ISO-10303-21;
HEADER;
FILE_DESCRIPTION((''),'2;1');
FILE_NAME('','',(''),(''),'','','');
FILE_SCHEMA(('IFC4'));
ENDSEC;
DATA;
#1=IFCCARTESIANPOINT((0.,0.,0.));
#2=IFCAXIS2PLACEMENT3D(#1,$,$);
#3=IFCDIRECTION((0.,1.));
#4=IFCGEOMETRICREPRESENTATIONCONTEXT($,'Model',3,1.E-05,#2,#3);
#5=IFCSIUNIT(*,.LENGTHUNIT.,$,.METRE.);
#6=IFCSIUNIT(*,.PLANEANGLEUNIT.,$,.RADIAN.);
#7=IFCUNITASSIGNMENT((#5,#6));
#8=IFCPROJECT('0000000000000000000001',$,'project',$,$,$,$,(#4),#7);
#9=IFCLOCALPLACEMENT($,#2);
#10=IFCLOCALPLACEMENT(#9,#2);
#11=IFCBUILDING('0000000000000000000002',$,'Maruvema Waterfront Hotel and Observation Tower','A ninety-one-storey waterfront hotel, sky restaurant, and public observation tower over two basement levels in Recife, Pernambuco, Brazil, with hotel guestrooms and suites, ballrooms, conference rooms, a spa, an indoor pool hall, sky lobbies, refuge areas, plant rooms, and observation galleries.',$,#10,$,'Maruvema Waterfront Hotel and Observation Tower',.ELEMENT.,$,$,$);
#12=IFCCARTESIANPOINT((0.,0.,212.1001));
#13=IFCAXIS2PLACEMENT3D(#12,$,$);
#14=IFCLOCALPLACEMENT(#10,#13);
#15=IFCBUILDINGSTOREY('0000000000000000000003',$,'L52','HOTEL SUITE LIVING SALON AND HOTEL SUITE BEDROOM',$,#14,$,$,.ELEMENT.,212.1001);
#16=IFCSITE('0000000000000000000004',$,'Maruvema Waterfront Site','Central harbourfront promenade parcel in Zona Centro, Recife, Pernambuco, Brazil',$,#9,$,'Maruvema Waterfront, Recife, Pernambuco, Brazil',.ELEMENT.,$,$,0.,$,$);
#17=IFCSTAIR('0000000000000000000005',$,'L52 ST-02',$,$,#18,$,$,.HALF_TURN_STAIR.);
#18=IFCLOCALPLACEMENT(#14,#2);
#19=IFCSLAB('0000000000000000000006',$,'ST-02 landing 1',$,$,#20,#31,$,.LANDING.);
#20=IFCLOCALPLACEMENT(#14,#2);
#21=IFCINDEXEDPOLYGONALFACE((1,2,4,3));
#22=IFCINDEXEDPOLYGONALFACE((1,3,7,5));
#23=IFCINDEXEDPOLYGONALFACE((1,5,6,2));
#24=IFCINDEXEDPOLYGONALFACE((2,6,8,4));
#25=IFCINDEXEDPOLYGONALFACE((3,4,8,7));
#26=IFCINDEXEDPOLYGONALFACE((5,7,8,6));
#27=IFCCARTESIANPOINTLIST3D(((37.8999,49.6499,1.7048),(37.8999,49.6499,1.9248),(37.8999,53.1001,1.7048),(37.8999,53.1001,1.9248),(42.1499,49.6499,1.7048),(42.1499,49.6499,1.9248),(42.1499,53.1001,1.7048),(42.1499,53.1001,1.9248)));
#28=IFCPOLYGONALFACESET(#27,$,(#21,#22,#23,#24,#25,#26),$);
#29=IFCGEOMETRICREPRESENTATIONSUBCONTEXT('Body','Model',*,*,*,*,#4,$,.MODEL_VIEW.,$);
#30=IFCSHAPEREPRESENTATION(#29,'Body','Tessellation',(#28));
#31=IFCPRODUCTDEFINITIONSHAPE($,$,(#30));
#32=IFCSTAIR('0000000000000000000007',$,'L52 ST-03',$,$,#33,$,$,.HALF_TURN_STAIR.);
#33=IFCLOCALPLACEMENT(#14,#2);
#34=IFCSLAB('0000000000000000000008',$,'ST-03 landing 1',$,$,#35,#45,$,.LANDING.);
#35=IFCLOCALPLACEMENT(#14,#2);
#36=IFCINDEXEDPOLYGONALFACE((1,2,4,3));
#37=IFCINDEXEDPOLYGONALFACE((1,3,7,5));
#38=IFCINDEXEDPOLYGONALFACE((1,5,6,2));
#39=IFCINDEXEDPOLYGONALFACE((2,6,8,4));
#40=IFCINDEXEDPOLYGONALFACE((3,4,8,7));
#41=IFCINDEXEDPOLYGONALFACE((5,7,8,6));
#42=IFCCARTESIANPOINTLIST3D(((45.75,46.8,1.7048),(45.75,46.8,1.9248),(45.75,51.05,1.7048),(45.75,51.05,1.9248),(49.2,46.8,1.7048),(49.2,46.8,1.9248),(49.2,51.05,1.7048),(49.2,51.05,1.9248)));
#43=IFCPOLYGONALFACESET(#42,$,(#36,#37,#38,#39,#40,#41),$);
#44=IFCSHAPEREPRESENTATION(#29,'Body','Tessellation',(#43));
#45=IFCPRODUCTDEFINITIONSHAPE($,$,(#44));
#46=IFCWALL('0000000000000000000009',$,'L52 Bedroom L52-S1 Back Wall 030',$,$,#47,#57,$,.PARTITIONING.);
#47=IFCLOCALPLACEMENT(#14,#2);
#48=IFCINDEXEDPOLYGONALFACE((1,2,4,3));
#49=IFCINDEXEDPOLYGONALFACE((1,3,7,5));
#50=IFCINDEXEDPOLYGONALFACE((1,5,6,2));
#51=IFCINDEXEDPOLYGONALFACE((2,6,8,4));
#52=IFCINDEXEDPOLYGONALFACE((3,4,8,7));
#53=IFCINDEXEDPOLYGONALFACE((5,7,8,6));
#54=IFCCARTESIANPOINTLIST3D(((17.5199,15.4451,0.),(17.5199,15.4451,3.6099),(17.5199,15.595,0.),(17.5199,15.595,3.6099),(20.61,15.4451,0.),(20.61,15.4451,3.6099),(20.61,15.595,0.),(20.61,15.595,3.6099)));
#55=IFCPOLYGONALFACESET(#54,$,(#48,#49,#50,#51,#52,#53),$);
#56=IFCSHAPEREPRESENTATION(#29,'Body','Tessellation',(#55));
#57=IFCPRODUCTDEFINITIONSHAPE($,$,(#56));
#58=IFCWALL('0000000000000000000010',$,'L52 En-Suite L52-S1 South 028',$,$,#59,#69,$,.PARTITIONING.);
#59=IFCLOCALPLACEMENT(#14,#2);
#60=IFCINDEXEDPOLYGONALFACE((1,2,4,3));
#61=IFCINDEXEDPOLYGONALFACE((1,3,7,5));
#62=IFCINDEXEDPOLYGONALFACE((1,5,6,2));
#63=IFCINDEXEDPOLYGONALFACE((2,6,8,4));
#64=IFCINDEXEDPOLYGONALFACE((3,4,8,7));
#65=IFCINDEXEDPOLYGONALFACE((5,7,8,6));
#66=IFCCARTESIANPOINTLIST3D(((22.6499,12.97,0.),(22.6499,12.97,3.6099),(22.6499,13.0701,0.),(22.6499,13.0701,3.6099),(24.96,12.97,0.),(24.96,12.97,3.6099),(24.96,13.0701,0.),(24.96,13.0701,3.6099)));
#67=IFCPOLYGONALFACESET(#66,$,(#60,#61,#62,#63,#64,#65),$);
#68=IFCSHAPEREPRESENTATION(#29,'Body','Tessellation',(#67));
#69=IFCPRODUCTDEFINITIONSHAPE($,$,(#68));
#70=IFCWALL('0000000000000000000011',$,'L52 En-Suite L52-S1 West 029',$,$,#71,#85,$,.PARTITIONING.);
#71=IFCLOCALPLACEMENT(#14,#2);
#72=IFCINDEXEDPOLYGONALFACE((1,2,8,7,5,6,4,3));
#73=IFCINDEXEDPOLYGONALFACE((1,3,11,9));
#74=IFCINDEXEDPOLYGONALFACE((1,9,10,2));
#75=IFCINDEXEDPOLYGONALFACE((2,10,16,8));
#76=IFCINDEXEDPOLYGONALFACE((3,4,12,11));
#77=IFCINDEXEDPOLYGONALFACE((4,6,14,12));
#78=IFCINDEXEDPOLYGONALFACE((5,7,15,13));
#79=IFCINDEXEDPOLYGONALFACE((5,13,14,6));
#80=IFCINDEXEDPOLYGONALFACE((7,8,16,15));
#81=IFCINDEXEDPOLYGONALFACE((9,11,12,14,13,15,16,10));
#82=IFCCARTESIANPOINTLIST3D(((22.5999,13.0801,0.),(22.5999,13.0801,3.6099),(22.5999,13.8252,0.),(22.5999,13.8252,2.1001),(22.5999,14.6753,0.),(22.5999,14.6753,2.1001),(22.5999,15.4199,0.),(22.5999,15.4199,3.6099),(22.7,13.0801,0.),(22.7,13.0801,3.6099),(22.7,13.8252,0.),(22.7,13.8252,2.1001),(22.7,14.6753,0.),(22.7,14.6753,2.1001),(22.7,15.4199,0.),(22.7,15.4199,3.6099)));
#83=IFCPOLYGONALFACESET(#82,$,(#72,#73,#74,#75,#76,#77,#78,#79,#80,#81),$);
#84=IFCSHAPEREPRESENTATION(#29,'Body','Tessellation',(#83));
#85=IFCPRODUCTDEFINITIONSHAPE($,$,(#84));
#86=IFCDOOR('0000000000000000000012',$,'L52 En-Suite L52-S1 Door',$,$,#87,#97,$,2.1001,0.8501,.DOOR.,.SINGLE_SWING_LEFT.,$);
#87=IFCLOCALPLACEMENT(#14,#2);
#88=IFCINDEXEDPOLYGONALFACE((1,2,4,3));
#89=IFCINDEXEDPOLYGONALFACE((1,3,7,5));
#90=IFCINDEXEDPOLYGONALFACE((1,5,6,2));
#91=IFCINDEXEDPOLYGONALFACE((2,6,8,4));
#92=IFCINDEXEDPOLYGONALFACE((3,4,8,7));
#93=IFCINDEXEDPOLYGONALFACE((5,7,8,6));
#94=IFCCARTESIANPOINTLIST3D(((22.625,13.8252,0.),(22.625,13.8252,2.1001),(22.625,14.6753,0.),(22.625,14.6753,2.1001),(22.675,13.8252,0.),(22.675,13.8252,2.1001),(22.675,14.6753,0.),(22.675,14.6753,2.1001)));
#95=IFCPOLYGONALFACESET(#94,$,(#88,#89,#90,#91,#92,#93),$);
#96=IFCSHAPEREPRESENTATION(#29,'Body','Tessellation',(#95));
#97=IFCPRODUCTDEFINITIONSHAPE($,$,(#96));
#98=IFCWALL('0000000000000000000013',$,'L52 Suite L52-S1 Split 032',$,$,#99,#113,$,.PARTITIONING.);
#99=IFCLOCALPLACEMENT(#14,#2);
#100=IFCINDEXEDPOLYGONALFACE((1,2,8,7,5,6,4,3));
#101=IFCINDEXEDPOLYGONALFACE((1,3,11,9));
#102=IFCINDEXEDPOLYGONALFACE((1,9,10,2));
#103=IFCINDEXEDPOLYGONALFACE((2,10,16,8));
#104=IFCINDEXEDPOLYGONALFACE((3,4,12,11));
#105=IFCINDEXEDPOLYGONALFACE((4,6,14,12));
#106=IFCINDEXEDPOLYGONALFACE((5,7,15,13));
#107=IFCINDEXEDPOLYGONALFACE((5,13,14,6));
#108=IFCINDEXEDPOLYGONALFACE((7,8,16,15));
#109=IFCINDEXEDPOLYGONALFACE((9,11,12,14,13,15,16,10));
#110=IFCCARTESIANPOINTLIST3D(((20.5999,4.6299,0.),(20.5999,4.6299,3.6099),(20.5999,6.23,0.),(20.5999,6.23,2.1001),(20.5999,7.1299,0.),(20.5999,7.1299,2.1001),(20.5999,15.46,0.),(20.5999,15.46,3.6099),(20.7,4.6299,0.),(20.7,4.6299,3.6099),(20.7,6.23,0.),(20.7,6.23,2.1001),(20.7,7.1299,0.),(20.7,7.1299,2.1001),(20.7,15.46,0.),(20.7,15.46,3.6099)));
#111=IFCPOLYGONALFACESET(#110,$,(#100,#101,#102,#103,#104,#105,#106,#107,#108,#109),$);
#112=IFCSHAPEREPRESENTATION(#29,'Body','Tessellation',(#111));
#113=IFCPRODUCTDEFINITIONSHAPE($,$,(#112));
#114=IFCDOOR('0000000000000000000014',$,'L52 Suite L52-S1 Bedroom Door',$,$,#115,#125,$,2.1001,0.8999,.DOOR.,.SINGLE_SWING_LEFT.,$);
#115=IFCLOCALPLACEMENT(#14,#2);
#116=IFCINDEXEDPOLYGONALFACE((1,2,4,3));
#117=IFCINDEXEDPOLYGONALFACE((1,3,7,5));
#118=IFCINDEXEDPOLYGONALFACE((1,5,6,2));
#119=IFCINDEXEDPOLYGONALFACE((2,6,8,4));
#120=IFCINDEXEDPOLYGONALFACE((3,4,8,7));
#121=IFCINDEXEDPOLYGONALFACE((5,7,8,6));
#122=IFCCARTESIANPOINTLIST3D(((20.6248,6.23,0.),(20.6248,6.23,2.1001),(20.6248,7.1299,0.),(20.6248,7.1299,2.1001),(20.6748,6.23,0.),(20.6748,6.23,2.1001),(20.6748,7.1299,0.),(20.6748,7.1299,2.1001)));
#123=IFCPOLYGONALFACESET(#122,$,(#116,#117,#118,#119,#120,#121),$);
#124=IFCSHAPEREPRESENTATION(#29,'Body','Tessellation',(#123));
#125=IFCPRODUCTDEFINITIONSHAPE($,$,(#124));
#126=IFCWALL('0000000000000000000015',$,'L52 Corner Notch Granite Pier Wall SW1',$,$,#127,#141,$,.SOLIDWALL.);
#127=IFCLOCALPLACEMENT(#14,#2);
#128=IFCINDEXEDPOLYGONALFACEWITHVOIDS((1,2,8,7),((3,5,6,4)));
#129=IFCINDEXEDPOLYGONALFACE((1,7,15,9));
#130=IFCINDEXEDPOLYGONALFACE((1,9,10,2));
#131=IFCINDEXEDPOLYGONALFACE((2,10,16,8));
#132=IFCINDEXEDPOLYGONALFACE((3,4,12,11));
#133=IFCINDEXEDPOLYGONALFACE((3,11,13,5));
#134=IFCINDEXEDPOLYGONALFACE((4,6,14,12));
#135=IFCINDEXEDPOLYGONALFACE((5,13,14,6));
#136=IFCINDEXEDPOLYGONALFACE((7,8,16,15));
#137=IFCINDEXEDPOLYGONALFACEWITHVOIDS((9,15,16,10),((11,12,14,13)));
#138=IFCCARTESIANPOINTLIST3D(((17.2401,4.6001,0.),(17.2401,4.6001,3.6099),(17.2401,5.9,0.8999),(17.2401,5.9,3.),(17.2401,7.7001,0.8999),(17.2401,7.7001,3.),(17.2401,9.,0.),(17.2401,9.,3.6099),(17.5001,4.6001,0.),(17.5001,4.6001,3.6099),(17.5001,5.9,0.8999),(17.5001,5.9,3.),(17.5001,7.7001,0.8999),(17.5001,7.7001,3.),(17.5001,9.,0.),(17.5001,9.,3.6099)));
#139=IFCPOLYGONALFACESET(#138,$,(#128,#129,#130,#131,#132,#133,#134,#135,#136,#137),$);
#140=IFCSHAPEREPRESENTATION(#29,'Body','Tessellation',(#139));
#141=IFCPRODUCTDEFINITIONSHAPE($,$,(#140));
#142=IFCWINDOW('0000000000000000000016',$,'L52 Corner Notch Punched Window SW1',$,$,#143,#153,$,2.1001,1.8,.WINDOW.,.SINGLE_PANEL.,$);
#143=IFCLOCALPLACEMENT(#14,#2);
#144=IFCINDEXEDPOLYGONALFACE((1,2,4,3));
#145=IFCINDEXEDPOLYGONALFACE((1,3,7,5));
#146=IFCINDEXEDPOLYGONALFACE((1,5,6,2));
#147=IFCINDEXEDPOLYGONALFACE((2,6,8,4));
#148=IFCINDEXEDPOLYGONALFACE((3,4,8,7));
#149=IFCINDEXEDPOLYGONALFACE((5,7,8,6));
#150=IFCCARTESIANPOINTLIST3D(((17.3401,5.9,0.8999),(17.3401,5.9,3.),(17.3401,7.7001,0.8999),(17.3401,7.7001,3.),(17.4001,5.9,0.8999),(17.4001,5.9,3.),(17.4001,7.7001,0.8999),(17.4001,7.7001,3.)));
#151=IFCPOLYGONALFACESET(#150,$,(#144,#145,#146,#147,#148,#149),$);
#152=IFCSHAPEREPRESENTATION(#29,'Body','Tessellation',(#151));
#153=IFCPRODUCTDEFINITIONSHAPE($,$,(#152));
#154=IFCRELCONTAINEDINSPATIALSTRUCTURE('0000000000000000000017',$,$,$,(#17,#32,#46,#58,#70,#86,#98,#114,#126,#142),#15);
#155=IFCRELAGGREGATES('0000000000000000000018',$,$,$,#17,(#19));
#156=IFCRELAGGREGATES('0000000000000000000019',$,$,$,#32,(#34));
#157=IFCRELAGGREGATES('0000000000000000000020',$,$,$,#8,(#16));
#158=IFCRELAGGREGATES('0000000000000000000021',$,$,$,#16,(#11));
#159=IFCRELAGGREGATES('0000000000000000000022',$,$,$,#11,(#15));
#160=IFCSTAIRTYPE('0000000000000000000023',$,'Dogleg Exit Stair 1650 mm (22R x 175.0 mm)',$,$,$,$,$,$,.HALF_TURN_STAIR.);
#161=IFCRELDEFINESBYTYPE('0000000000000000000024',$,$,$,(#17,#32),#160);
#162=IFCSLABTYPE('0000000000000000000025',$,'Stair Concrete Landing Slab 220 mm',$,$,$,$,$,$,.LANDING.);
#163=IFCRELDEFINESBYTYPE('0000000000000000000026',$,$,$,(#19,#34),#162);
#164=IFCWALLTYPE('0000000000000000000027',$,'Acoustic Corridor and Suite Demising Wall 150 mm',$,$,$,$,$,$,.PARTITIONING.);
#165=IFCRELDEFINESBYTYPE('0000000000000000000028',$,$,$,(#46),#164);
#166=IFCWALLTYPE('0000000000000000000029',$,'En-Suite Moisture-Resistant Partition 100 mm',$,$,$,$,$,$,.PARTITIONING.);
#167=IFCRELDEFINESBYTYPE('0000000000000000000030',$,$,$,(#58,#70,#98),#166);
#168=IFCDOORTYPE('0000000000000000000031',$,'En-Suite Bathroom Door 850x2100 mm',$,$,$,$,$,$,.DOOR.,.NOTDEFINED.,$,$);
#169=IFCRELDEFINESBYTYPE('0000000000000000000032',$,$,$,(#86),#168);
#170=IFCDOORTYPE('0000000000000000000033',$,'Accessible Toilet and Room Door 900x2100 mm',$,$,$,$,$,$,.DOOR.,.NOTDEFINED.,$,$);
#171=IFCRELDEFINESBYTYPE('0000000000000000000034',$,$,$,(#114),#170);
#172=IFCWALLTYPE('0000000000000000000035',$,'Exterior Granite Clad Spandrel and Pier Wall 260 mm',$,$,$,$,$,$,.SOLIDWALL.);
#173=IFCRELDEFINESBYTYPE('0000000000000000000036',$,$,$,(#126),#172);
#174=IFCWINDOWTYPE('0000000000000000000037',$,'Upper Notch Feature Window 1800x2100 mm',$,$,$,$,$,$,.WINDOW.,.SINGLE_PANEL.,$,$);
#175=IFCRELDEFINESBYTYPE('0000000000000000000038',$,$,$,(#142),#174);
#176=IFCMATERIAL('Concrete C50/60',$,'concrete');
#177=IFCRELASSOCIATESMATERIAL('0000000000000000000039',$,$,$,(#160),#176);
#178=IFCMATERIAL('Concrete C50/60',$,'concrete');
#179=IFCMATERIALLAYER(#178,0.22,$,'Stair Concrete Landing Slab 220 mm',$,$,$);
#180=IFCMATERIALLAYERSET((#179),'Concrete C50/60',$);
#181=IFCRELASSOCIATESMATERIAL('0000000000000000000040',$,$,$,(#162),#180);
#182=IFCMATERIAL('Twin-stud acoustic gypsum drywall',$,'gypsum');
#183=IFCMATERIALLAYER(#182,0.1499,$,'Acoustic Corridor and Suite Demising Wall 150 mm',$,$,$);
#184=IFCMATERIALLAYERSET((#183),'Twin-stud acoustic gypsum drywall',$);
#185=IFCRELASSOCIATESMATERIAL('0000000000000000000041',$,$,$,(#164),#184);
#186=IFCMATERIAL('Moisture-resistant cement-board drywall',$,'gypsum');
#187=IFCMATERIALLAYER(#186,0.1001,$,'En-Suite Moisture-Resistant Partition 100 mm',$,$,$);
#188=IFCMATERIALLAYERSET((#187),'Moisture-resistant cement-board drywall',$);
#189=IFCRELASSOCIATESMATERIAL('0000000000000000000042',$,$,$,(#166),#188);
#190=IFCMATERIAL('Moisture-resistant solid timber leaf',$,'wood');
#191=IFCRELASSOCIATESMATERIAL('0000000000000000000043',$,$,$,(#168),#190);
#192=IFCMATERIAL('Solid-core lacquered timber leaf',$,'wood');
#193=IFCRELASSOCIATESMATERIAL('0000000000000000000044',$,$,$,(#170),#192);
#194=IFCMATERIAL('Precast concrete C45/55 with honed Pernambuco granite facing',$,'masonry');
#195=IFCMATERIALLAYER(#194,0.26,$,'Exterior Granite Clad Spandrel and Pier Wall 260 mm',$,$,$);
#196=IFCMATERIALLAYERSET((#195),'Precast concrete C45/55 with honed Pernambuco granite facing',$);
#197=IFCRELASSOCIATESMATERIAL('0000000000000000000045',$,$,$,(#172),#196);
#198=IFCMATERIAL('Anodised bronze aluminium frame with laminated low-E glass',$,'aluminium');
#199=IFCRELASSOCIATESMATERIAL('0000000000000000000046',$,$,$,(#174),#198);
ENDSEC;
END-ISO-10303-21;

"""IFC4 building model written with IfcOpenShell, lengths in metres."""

from ifc_helpers import new_model, si_unit, direction, frame, frame_2d, origin, place, context, subcontext, project, spatial, polyline, rectangle, outline, extrude, material, layer, layer_set, type_object, element, fill, aggregate, save


model = new_model("IFC4")

# Units and contexts
model_context = context("Model", 3, precision=1e-05, world=origin(), true_north=direction((0.0, 1.0)))
body_context = subcontext(model_context, "Body", "Model", "MODEL_VIEW")
ifc_project = project(units=[si_unit("LENGTHUNIT", "METRE"), si_unit("PLANEANGLEUNIT", "RADIAN")], contexts=[model_context])

# Site, building, storey
site_placement = place(None, origin())
site = spatial("IfcSite", under=ifc_project, at=site_placement, Name="Maruvema Waterfront Site", Description="Central harbourfront promenade parcel in Zona Centro, Recife, Pernambuco, Brazil", LongName="Maruvema Waterfront, Recife, Pernambuco, Brazil", CompositionType="ELEMENT", RefElevation=0.0)
building_placement = place(site_placement, origin())
building = spatial("IfcBuilding", under=site, at=building_placement, Name="Maruvema Waterfront Hotel and Observation Tower", Description="A ninety-one-storey waterfront hotel, sky restaurant, and public observation tower over two basement levels in Recife, Pernambuco, Brazil, with hotel guestrooms and suites, ballrooms, conference rooms, a spa, an indoor pool hall, sky lobbies, refuge areas, plant rooms, and observation galleries.", LongName="Maruvema Waterfront Hotel and Observation Tower", CompositionType="ELEMENT")
storey_placement = place(building_placement, frame((0.0, 0.0, 212.1001)))
storey = spatial("IfcBuildingStorey", under=building, at=storey_placement, Name="L52", Description="HOTEL SUITE LIVING SALON AND HOTEL SUITE BEDROOM", CompositionType="ELEMENT", Elevation=212.1001)

# Stairs, slabs
ifc_material_1 = material(Name="Concrete C50/60", Category="concrete")
stair_type = type_object("IfcStairType", Name="Dogleg Exit Stair 1650 mm (22R x 175.0 mm)", PredefinedType="HALF_TURN_STAIR", material=ifc_material_1)
ifc_material_2 = material(Name="Concrete C50/60", Category="concrete")
ifc_layer_1 = layer(ifc_material_2, 0.22, Name="Stair Concrete Landing Slab 220 mm")
ifc_layer_set_1 = layer_set([ifc_layer_1], Name="Concrete C50/60")
slab_type_1 = type_object("IfcSlabType", Name="Stair Concrete Landing Slab 220 mm", PredefinedType="LANDING", material=ifc_layer_set_1)
stair_1_placement = place(storey_placement, origin())
stair_1 = element("IfcStair", 1, at=stair_1_placement, inside=storey, type_object=stair_type, Name="L52 ST-02", PredefinedType="HALF_TURN_STAIR")
slab_1_placement = place(storey_placement, frame((0.0, 0.0, 1.7048)))
slab_1 = element("IfcSlab", 2, at=slab_1_placement, type_object=slab_type_1, Name="ST-02 landing 1", PredefinedType="LANDING", context=body_context, shape_type="SweptSolid", body=[
    extrude(outline(polyline([(37.8999, 49.6499), (42.1499, 49.6499), (42.1499, 53.1001), (37.8999, 53.1001), (37.8999, 49.6499)])), origin(), (0.0, 0.0, 1.0), 0.22),
])
aggregate(stair_1, [slab_1])
stair_2_placement = place(storey_placement, origin())
stair_2 = element("IfcStair", 3, at=stair_2_placement, inside=storey, type_object=stair_type, Name="L52 ST-03", PredefinedType="HALF_TURN_STAIR")
slab_2_placement = place(storey_placement, frame((0.0, 0.0, 1.7048)))
slab_2 = element("IfcSlab", 4, at=slab_2_placement, type_object=slab_type_1, Name="ST-03 landing 1", PredefinedType="LANDING", context=body_context, shape_type="SweptSolid", body=[
    extrude(outline(polyline([(49.2, 46.8), (49.2, 51.05), (45.75, 51.05), (45.75, 46.8), (49.2, 46.8)])), origin(), (0.0, 0.0, 1.0), 0.22),
])
aggregate(stair_2, [slab_2])

# Wall
ifc_material_3 = material(Name="Twin-stud acoustic gypsum drywall", Category="gypsum")
ifc_layer_2 = layer(ifc_material_3, 0.1499, Name="Acoustic Corridor and Suite Demising Wall 150 mm")
ifc_layer_set_2 = layer_set([ifc_layer_2], Name="Twin-stud acoustic gypsum drywall")
wall_type_1 = type_object("IfcWallType", Name="Acoustic Corridor and Suite Demising Wall 150 mm", PredefinedType="PARTITIONING", material=ifc_layer_set_2)
wall_1_placement = place(storey_placement, frame((17.52, 15.52, 0.0), z_axis=(0.0, 0.0, 1.0), x_axis=(1.0, 0.0, 0.0)))
element("IfcWall", 5, at=wall_1_placement, inside=storey, type_object=wall_type_1, Name="L52 Bedroom L52-S1 Back Wall 030", PredefinedType="PARTITIONING", context=body_context, shape_type="SweptSolid", body=[
    extrude(rectangle(XDim=3.0901, YDim=0.1499, at=frame_2d((1.5449, 0.0))), origin(), (0.0, 0.0, 1.0), 3.6099),
])

# Wall
ifc_material_4 = material(Name="Moisture-resistant cement-board drywall", Category="gypsum")
ifc_layer_3 = layer(ifc_material_4, 0.1001, Name="En-Suite Moisture-Resistant Partition 100 mm")
ifc_layer_set_3 = layer_set([ifc_layer_3], Name="Moisture-resistant cement-board drywall")
wall_type_2 = type_object("IfcWallType", Name="En-Suite Moisture-Resistant Partition 100 mm", PredefinedType="PARTITIONING", material=ifc_layer_set_3)
wall_2_placement = place(storey_placement, frame((22.6499, 13.02, 0.0), z_axis=(0.0, 0.0, 1.0), x_axis=(1.0, 0.0, 0.0)))
element("IfcWall", 6, at=wall_2_placement, inside=storey, type_object=wall_type_2, Name="L52 En-Suite L52-S1 South 028", PredefinedType="PARTITIONING", context=body_context, shape_type="SweptSolid", body=[
    extrude(rectangle(XDim=2.3101, YDim=0.1001, at=frame_2d((1.155, 0.0))), origin(), (0.0, 0.0, 1.0), 3.6099),
])

# Walls, openings, doors
wall_3_placement = place(storey_placement, frame((22.6499, 13.0801, 0.0), z_axis=(0.0, 0.0, 1.0), x_axis=(0.0, 1.0, 0.0)))
wall_3 = element("IfcWall", 7, at=wall_3_placement, inside=storey, type_object=wall_type_2, Name="L52 En-Suite L52-S1 West 029", PredefinedType="PARTITIONING", context=body_context, shape_type="SweptSolid", body=[
    extrude(rectangle(XDim=2.3398, YDim=0.1001, at=frame_2d((1.1699, 0.0))), origin(), (0.0, 0.0, 1.0), 3.6099),
])
opening_1_placement = place(wall_3_placement, frame((0.7451, 0.0, 0.0)))
opening_1 = element("IfcOpeningElement", 8, at=opening_1_placement, cuts=wall_3, PredefinedType="OPENING", context=body_context, shape_type="SweptSolid", body=[
    extrude(rectangle(XDim=0.8501, YDim=2.1001, at=frame_2d((0.425, 1.05))), frame((0.0, 0.0601, 0.0), z_axis=(0.0, -1.0, 0.0), x_axis=(1.0, 0.0, 0.0)), (0.0, 0.0, 1.0), 0.1201),
])
ifc_material_5 = material(Name="Moisture-resistant solid timber leaf", Category="wood")
door_type_1 = type_object("IfcDoorType", Name="En-Suite Bathroom Door 850x2100 mm", OperationType="NOTDEFINED", PredefinedType="DOOR", material=ifc_material_5)
door_1_placement = place(opening_1_placement, origin())
door_1 = element("IfcDoor", 9, at=door_1_placement, inside=storey, type_object=door_type_1, Name="L52 En-Suite L52-S1 Door", OperationType="SINGLE_SWING_LEFT", OverallHeight=2.1001, OverallWidth=0.8501, PredefinedType="DOOR", context=body_context, shape_type="SweptSolid", body=[
    extrude(rectangle(XDim=0.8501, YDim=2.1001, at=frame_2d((0.425, 1.05))), frame((0.0, 0.0249, 0.0), z_axis=(0.0, -1.0, 0.0), x_axis=(1.0, 0.0, 0.0)), (0.0, 0.0, 1.0), 0.05),
])
fill(opening_1, door_1)
wall_4_placement = place(storey_placement, frame((20.6499, 4.6299, 0.0), z_axis=(0.0, 0.0, 1.0), x_axis=(0.0, 1.0, 0.0)))
wall_4 = element("IfcWall", 10, at=wall_4_placement, inside=storey, type_object=wall_type_2, Name="L52 Suite L52-S1 Split 032", PredefinedType="PARTITIONING", context=body_context, shape_type="SweptSolid", body=[
    extrude(rectangle(XDim=10.8301, YDim=0.1001, at=frame_2d((5.415, 0.0))), origin(), (0.0, 0.0, 1.0), 3.6099),
])
opening_2_placement = place(wall_4_placement, frame((1.6001, 0.0, 0.0)))
opening_2 = element("IfcOpeningElement", 11, at=opening_2_placement, cuts=wall_4, PredefinedType="OPENING", context=body_context, shape_type="SweptSolid", body=[
    extrude(rectangle(XDim=0.8999, YDim=2.1001, at=frame_2d((0.45, 1.05))), frame((0.0, 0.0601, 0.0), z_axis=(0.0, -1.0, 0.0), x_axis=(1.0, 0.0, 0.0)), (0.0, 0.0, 1.0), 0.1201),
])
ifc_material_6 = material(Name="Solid-core lacquered timber leaf", Category="wood")
door_type_2 = type_object("IfcDoorType", Name="Accessible Toilet and Room Door 900x2100 mm", OperationType="NOTDEFINED", PredefinedType="DOOR", material=ifc_material_6)
door_2_placement = place(opening_2_placement, frame((0.8999, 0.0, 0.0), z_axis=(0.0, 0.0, 1.0), x_axis=(-1.0, 0.0, 0.0)))
door_2 = element("IfcDoor", 12, at=door_2_placement, inside=storey, type_object=door_type_2, Name="L52 Suite L52-S1 Bedroom Door", OperationType="SINGLE_SWING_LEFT", OverallHeight=2.1001, OverallWidth=0.8999, PredefinedType="DOOR", context=body_context, shape_type="SweptSolid", body=[
    extrude(rectangle(XDim=0.8999, YDim=2.1001, at=frame_2d((0.45, 1.05))), frame((0.0, 0.0249, 0.0), z_axis=(0.0, -1.0, 0.0), x_axis=(1.0, 0.0, 0.0)), (0.0, 0.0, 1.0), 0.05),
])
fill(opening_2, door_2)

# Wall, opening, window
ifc_material_7 = material(Name="Precast concrete C45/55 with honed Pernambuco granite facing", Category="masonry")
ifc_layer_4 = layer(ifc_material_7, 0.26, Name="Exterior Granite Clad Spandrel and Pier Wall 260 mm")
ifc_layer_set_4 = layer_set([ifc_layer_4], Name="Precast concrete C45/55 with honed Pernambuco granite facing")
wall_type_3 = type_object("IfcWallType", Name="Exterior Granite Clad Spandrel and Pier Wall 260 mm", PredefinedType="SOLIDWALL", material=ifc_layer_set_4)
wall_5_placement = place(storey_placement, frame((17.3701, 4.6001, 0.0), z_axis=(0.0, 0.0, 1.0), x_axis=(0.0, 1.0, 0.0)))
wall_5 = element("IfcWall", 13, at=wall_5_placement, inside=storey, type_object=wall_type_3, Name="L52 Corner Notch Granite Pier Wall SW1", PredefinedType="SOLIDWALL", context=body_context, shape_type="SweptSolid", body=[
    extrude(rectangle(XDim=4.3999, YDim=0.26, at=frame_2d((2.2, 0.0))), origin(), (0.0, 0.0, 1.0), 3.6099),
])
opening_3_placement = place(wall_5_placement, frame((1.3, 0.0, 0.8999)))
opening_3 = element("IfcOpeningElement", 14, at=opening_3_placement, cuts=wall_5, PredefinedType="OPENING", context=body_context, shape_type="SweptSolid", body=[
    extrude(rectangle(XDim=1.8, YDim=2.1001, at=frame_2d((0.8999, 1.05))), frame((0.0, 0.1401, 0.0), z_axis=(0.0, -1.0, 0.0), x_axis=(1.0, 0.0, 0.0)), (0.0, 0.0, 1.0), 0.28),
])
ifc_material_8 = material(Name="Anodised bronze aluminium frame with laminated low-E glass", Category="aluminium")
window_type = type_object("IfcWindowType", Name="Upper Notch Feature Window 1800x2100 mm", PartitioningType="SINGLE_PANEL", PredefinedType="WINDOW", material=ifc_material_8)
window_1_placement = place(opening_3_placement, origin())
window_1 = element("IfcWindow", 15, at=window_1_placement, inside=storey, type_object=window_type, Name="L52 Corner Notch Punched Window SW1", OverallHeight=2.1001, OverallWidth=1.8, PartitioningType="SINGLE_PANEL", PredefinedType="WINDOW", context=body_context, shape_type="SweptSolid", body=[
    extrude(rectangle(XDim=1.8, YDim=2.1001, at=frame_2d((0.8999, 1.05))), frame((0.0, 0.03, 0.0), z_axis=(0.0, -1.0, 0.0), x_axis=(1.0, 0.0, 0.0)), (0.0, 0.0, 1.0), 0.0601),
])
fill(opening_3, window_1)

save(model, "model.ifc")
